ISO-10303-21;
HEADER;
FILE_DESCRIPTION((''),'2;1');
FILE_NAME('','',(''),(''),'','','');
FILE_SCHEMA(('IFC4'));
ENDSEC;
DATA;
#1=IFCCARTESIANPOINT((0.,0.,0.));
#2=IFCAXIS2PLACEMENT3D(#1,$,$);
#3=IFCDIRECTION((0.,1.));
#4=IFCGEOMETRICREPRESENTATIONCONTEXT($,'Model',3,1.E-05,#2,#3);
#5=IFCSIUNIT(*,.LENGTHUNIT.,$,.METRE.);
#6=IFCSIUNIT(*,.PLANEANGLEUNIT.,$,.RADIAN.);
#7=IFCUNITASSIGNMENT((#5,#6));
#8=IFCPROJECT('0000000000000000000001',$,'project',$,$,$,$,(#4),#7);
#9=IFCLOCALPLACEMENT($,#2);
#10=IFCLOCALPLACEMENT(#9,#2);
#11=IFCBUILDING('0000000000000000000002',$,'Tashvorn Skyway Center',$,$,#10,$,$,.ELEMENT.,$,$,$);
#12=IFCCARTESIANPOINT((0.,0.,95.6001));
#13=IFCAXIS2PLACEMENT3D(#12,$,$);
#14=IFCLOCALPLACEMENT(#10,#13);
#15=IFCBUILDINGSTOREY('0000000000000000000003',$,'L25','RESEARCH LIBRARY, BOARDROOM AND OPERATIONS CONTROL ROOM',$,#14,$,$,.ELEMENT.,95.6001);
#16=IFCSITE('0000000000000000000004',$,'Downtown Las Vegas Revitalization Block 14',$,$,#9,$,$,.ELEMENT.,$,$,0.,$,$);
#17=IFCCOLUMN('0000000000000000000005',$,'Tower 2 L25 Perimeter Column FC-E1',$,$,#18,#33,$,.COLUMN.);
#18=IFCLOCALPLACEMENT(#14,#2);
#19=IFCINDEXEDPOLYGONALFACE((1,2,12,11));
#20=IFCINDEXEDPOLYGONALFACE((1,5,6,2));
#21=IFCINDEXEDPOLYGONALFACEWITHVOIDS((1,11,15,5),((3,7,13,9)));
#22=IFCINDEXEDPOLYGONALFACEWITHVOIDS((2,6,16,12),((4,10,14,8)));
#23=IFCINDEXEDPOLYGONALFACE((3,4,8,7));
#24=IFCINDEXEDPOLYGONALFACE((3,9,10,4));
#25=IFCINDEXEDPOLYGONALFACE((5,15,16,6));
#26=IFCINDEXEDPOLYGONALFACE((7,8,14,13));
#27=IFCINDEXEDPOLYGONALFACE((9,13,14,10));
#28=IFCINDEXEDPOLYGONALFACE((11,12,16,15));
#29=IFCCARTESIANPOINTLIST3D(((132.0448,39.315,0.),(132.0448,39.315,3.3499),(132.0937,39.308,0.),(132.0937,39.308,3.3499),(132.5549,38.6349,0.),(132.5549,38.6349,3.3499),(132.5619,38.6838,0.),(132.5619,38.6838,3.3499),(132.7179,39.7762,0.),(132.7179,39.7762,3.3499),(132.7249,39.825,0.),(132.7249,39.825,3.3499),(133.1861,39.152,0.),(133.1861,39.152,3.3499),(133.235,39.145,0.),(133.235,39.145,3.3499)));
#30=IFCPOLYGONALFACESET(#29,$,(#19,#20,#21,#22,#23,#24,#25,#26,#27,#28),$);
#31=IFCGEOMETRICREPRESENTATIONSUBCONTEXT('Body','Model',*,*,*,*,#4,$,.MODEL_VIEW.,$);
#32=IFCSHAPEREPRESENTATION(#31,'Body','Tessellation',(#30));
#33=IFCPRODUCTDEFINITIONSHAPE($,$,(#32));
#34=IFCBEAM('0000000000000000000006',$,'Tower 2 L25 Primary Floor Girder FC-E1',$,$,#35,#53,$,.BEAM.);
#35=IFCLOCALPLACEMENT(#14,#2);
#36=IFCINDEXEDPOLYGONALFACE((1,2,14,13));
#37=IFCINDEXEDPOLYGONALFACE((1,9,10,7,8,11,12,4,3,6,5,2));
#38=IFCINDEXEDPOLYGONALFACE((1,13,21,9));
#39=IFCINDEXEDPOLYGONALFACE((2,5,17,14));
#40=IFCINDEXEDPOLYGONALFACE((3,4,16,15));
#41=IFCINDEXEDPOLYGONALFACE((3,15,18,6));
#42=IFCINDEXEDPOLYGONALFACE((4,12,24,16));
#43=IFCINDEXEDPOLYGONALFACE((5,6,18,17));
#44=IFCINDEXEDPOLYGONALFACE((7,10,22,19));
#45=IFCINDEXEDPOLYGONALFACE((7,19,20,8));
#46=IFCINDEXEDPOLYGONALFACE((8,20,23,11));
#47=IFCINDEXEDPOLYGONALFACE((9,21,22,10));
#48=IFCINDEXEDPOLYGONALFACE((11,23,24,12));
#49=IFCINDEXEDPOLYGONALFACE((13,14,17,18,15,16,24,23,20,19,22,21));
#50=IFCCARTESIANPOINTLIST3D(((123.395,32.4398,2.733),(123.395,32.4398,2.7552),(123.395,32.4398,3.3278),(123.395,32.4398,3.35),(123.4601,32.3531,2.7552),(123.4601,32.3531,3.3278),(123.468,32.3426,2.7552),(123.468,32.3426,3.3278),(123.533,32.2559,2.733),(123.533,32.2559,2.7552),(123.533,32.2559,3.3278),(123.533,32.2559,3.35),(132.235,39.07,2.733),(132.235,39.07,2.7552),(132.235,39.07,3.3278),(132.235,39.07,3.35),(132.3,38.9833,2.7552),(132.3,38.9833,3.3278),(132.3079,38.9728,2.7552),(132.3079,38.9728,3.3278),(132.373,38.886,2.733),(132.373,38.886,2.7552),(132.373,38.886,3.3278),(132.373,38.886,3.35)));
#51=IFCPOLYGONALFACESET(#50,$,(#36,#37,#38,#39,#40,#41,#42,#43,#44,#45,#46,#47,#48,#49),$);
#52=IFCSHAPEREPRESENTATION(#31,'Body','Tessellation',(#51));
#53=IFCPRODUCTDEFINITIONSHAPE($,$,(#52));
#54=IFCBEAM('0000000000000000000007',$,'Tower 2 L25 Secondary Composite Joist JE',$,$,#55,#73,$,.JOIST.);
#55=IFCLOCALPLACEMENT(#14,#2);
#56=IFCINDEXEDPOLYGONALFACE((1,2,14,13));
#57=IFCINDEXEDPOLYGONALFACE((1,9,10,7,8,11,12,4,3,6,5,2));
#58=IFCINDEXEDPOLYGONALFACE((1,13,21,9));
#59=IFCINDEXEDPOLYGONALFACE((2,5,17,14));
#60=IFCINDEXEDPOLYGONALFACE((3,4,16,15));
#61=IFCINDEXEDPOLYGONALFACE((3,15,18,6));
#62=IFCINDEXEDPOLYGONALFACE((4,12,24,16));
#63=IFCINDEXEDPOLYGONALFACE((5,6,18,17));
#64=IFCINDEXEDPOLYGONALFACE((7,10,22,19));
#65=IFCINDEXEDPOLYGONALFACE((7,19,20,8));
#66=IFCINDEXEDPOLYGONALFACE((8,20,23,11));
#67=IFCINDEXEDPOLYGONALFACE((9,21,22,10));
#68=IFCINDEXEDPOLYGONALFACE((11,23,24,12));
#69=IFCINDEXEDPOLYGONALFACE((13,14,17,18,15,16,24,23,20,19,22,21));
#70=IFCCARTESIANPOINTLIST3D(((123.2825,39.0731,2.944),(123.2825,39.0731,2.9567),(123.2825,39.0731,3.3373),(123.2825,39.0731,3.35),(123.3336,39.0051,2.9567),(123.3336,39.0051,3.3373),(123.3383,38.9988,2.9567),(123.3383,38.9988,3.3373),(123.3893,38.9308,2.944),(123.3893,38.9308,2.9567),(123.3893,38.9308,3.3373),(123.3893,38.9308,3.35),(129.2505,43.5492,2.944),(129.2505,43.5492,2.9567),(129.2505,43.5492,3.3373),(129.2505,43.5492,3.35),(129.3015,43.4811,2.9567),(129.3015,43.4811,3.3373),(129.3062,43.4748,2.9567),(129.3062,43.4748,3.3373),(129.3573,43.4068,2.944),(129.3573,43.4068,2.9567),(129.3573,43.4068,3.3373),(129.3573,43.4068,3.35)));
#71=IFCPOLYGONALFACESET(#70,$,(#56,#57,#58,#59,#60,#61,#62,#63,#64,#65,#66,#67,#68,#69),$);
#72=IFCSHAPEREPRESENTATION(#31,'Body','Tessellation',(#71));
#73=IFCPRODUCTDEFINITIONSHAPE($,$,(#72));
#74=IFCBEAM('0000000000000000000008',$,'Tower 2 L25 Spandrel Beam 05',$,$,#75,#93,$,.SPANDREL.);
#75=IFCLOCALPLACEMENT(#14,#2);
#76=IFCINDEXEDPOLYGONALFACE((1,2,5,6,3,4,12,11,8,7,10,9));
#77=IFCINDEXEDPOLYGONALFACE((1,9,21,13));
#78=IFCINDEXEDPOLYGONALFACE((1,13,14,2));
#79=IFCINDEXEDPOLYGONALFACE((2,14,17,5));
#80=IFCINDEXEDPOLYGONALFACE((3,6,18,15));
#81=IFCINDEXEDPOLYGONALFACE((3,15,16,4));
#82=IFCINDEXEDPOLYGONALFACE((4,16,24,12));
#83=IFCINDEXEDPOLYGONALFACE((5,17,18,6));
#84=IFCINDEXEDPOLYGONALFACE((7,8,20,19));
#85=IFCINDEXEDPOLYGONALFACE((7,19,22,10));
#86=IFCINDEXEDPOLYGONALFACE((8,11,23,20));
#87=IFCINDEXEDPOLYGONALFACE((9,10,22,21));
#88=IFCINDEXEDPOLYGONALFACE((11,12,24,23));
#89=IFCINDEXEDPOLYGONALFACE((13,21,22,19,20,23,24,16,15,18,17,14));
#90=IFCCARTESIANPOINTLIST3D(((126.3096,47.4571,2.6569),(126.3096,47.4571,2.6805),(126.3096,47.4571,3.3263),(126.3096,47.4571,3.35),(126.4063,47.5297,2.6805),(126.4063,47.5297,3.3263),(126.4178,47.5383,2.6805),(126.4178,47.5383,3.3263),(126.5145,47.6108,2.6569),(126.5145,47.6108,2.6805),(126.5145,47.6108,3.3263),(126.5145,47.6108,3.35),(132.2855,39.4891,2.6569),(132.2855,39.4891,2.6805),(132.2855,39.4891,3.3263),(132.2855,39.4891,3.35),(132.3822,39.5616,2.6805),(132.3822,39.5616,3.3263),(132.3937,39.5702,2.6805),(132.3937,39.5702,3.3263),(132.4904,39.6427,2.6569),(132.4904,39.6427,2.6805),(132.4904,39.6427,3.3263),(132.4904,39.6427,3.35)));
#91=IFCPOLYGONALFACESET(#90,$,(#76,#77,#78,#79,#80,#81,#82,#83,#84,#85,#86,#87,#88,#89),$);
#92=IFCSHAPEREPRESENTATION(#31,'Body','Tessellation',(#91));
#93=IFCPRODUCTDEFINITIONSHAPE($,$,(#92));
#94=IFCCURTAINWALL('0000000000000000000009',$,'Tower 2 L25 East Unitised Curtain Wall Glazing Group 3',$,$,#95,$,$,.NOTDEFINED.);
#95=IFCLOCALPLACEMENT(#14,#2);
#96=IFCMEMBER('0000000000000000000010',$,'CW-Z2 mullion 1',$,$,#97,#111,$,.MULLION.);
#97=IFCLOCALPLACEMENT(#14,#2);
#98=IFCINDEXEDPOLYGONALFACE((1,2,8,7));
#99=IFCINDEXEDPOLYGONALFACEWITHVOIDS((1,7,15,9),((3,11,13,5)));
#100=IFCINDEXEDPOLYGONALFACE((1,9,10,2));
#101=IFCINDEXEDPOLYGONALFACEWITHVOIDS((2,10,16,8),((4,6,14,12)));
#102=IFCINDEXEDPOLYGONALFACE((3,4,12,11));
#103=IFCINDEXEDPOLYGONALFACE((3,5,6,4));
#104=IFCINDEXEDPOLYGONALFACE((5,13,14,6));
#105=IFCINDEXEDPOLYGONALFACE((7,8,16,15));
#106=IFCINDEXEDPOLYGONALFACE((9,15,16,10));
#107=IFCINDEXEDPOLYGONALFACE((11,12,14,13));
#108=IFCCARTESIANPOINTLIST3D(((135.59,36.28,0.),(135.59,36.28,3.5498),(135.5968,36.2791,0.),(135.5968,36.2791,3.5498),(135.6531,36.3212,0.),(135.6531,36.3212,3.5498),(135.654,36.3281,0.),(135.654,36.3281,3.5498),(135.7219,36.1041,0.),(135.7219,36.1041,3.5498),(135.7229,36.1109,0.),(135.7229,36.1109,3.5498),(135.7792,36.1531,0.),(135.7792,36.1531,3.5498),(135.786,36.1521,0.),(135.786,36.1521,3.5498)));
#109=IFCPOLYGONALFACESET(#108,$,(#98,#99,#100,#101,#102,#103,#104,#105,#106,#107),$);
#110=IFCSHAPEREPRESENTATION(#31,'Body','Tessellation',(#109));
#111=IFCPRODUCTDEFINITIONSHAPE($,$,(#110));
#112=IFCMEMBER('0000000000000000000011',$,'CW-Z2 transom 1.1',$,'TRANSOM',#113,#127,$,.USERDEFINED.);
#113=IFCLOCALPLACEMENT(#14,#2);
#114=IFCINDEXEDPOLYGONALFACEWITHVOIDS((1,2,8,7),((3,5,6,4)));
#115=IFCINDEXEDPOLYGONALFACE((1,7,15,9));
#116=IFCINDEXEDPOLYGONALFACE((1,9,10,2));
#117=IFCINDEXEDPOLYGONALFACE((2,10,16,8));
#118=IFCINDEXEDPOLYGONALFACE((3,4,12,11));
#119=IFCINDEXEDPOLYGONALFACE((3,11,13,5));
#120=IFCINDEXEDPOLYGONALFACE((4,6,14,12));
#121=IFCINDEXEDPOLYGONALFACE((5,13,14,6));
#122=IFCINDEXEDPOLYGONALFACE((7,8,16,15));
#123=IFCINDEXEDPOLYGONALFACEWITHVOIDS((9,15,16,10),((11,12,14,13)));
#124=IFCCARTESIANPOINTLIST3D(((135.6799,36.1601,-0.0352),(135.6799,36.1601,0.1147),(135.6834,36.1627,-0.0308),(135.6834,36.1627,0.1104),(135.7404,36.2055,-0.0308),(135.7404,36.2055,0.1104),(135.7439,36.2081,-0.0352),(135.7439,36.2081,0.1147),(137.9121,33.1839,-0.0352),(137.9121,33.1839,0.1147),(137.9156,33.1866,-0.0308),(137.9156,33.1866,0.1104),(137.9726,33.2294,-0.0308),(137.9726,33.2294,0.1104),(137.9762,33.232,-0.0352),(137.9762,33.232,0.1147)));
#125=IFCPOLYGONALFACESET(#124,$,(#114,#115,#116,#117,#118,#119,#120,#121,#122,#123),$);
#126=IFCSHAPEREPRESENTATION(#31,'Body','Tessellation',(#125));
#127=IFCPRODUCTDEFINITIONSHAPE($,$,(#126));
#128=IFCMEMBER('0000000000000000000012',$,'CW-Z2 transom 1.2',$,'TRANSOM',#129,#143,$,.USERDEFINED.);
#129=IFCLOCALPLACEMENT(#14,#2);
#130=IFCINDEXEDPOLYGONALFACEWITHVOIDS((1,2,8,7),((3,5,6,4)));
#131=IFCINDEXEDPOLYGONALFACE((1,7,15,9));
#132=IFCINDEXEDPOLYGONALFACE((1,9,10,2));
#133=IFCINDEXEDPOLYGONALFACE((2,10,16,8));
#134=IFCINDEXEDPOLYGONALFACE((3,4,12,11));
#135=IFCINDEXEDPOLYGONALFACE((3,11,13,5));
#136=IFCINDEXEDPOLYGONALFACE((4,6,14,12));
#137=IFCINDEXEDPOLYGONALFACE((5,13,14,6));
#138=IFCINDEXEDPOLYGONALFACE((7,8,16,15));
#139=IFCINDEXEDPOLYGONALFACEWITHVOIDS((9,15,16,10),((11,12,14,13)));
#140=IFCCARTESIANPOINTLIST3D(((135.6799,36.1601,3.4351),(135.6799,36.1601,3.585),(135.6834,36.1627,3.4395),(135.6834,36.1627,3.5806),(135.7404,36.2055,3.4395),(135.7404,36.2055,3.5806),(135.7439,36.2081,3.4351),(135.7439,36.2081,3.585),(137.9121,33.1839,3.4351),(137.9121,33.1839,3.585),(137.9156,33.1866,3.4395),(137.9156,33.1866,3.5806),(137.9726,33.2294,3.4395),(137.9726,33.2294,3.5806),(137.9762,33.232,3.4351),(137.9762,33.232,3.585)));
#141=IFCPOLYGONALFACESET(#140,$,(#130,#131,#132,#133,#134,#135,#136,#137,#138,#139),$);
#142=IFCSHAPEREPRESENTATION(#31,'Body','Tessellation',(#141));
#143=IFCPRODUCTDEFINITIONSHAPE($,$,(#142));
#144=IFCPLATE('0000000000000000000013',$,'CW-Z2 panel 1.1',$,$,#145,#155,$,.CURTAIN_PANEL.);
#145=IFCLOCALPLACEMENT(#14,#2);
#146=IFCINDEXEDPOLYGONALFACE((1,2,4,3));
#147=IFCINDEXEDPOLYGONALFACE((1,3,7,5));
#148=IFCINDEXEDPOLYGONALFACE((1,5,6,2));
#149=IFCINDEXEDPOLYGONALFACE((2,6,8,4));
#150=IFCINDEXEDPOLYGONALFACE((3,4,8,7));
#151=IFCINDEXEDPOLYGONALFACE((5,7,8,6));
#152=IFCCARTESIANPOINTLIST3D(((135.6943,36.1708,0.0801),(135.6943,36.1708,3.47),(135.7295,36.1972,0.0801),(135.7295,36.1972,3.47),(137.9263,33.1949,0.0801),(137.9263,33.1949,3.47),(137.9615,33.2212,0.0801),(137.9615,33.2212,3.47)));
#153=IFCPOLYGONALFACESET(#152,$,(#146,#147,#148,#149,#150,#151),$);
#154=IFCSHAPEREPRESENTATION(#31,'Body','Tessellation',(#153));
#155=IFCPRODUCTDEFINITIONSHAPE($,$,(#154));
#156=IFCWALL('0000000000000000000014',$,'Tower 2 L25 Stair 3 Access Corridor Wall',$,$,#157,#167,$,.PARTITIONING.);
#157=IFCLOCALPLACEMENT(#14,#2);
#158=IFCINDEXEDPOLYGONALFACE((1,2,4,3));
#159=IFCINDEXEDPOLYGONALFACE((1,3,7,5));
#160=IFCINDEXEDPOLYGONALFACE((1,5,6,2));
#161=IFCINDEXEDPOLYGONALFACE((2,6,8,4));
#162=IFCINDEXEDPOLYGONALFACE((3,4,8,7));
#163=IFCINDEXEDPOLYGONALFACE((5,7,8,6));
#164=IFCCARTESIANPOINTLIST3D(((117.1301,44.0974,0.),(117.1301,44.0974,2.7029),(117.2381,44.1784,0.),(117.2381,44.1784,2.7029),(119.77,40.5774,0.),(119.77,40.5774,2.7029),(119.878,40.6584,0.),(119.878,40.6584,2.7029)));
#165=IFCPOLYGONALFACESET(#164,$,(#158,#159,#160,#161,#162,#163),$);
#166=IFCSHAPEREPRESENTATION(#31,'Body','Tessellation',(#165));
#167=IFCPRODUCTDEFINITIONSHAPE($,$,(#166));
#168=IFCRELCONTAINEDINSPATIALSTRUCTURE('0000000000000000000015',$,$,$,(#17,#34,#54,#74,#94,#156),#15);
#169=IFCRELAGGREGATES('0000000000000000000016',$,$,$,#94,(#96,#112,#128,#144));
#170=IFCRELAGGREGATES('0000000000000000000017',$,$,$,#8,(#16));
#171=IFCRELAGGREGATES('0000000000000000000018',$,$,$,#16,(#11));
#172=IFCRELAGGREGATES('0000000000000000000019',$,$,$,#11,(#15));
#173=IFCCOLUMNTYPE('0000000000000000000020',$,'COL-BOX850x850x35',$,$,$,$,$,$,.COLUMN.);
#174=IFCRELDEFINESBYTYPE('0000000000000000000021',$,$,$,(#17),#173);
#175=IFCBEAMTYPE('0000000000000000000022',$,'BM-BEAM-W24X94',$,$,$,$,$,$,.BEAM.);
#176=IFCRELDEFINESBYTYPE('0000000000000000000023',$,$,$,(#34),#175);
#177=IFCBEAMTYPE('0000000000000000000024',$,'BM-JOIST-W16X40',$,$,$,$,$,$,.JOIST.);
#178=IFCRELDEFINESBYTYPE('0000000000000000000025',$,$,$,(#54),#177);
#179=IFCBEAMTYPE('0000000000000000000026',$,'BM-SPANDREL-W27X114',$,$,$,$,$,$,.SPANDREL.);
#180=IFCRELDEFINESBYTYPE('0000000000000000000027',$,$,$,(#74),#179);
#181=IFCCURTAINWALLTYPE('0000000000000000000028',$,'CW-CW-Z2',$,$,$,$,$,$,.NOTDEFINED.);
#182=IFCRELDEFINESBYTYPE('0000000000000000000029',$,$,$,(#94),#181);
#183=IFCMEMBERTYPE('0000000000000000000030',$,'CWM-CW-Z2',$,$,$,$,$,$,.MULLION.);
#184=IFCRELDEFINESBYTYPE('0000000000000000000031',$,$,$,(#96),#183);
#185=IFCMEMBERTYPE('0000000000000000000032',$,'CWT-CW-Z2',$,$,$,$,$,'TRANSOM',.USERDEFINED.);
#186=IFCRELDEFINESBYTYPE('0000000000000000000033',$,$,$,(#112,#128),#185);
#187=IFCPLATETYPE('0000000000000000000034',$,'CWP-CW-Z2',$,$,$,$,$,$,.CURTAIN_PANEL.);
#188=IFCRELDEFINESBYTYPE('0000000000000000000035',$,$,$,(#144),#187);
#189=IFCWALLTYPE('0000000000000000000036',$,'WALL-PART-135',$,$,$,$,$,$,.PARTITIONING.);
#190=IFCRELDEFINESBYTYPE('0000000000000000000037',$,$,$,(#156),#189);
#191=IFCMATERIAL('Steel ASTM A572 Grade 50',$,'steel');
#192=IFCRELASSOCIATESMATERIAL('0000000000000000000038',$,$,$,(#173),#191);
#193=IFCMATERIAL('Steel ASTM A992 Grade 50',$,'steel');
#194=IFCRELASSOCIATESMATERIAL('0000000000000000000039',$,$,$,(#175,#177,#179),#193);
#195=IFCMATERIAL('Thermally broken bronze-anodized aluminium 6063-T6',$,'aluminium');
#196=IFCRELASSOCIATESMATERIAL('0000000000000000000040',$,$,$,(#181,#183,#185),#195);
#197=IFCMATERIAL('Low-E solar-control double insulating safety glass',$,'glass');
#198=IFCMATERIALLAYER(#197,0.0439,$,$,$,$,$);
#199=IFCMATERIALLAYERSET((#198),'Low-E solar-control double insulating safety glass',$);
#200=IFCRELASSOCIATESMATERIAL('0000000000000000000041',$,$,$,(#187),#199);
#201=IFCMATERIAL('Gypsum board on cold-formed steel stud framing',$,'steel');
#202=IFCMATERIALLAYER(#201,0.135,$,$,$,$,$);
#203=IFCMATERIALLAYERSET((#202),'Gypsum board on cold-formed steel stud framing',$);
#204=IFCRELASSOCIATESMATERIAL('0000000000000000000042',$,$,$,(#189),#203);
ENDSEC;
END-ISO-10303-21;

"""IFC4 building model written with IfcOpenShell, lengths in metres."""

from ifc_helpers import new_model, si_unit, direction, frame, frame_2d, origin, origin_2d, place, context, subcontext, project, spatial, rectangle, hollow_rectangle, i_section, extrude, material, layer, layer_set, material_profile, profile_set, type_object, element, aggregate, save


model = new_model("IFC4")

# Units and contexts
model_context = context("Model", 3, precision=1e-05, world=origin(), true_north=direction((0.0, 1.0)))
body_context = subcontext(model_context, "Body", "Model", "MODEL_VIEW")
ifc_project = project(units=[si_unit("LENGTHUNIT", "METRE"), si_unit("PLANEANGLEUNIT", "RADIAN")], contexts=[model_context])

# Site, building, storey
site_placement = place(None, origin())
site = spatial("IfcSite", under=ifc_project, at=site_placement, Name="Downtown Las Vegas Revitalization Block 14", CompositionType="ELEMENT", RefElevation=0.0)
building_placement = place(site_placement, origin())
building = spatial("IfcBuilding", under=site, at=building_placement, Name="Tashvorn Skyway Center", CompositionType="ELEMENT")
storey_placement = place(building_placement, frame((0.0, 0.0, 95.6001)))
storey = spatial("IfcBuildingStorey", under=building, at=storey_placement, Name="L25", Description="RESEARCH LIBRARY, BOARDROOM AND OPERATIONS CONTROL ROOM", CompositionType="ELEMENT", Elevation=95.6001)

# Column
ifc_material_1 = material(Name="Steel ASTM A572 Grade 50", Category="steel")
ifc_material_profile_1 = material_profile(ifc_material_1, hollow_rectangle(XDim=0.8501, YDim=0.8501, WallThickness=0.0349, at=origin_2d()), Name="BOX850x850x35")
ifc_profile_set_1 = profile_set([ifc_material_profile_1], Name="Steel ASTM A572 Grade 50")
column_type = type_object("IfcColumnType", Name="COL-BOX850x850x35", PredefinedType="COLUMN", material=ifc_profile_set_1)
column_placement = place(storey_placement, frame((132.6399, 39.23, 0.0), z_axis=(0.0, 0.0, 1.0), x_axis=(0.8, 0.6, 0.0)))
element("IfcColumn", 1, at=column_placement, inside=storey, type_object=column_type, Name="Tower 2 L25 Perimeter Column FC-E1", PredefinedType="COLUMN", context=body_context, shape_type="SweptSolid", body=[
    extrude(hollow_rectangle(XDim=0.8501, YDim=0.8501, WallThickness=0.0349, at=origin_2d()), origin(), (0.0, 0.0, 1.0), 3.3499),
])

# Beams
ifc_material_2 = material(Name="Steel ASTM A992 Grade 50", Category="steel")
ifc_material_profile_2 = material_profile(ifc_material_2, i_section(OverallWidth=0.23, OverallDepth=0.6169, WebThickness=0.0132, FlangeThickness=0.0222, at=origin_2d()), Name="W24X94")
ifc_profile_set_2 = profile_set([ifc_material_profile_2], Name="Steel ASTM A992 Grade 50")
beam_type_1 = type_object("IfcBeamType", Name="BM-BEAM-W24X94", PredefinedType="BEAM", material=ifc_profile_set_2)
beam_1_placement = place(storey_placement, frame((132.304, 38.978, 3.0415), z_axis=(-0.799989, -0.600014, 0.0), x_axis=(0.600014, -0.799989, 0.0)))
element("IfcBeam", 2, at=beam_1_placement, inside=storey, type_object=beam_type_1, Name="Tower 2 L25 Primary Floor Girder FC-E1", PredefinedType="BEAM", context=body_context, shape_type="SweptSolid", body=[
    extrude(i_section(OverallWidth=0.23, OverallDepth=0.6169, WebThickness=0.0132, FlangeThickness=0.0222, at=origin_2d()), origin(), (0.0, 0.0, 1.0), 11.05),
])
ifc_material_profile_3 = material_profile(ifc_material_2, i_section(OverallWidth=0.178, OverallDepth=0.406, WebThickness=0.0078, FlangeThickness=0.0127, at=origin_2d()), Name="W16X40")
ifc_profile_set_3 = profile_set([ifc_material_profile_3], Name="Steel ASTM A992 Grade 50")
beam_type_2 = type_object("IfcBeamType", Name="BM-JOIST-W16X40", PredefinedType="JOIST", material=ifc_profile_set_3)
beam_2_placement = place(storey_placement, frame((123.3359, 39.002, 3.147), z_axis=(0.799996, 0.600005, 0.0), x_axis=(-0.600005, 0.799996, 0.0)))
element("IfcBeam", 3, at=beam_2_placement, inside=storey, type_object=beam_type_2, Name="Tower 2 L25 Secondary Composite Joist JE", PredefinedType="JOIST", context=body_context, shape_type="SweptSolid", body=[
    extrude(i_section(OverallWidth=0.178, OverallDepth=0.406, WebThickness=0.0078, FlangeThickness=0.0127, at=origin_2d()), origin(), (0.0, 0.0, 1.0), 7.46),
])
ifc_material_profile_4 = material_profile(ifc_material_2, i_section(OverallWidth=0.2561, OverallDepth=0.6931, WebThickness=0.0144, FlangeThickness=0.0237, at=origin_2d()), Name="W27X114")
ifc_profile_set_4 = profile_set([ifc_material_profile_4], Name="Steel ASTM A992 Grade 50")
beam_type_3 = type_object("IfcBeamType", Name="BM-SPANDREL-W27X114", PredefinedType="SPANDREL", material=ifc_profile_set_4)
beam_3_placement = place(storey_placement, frame((132.3879, 39.5659, 3.0034), z_axis=(-0.599988, 0.800009, 0.0), x_axis=(-0.800009, -0.599988, 0.0)))
element("IfcBeam", 4, at=beam_3_placement, inside=storey, type_object=beam_type_3, Name="Tower 2 L25 Spandrel Beam 05", PredefinedType="SPANDREL", context=body_context, shape_type="SweptSolid", body=[
    extrude(i_section(OverallWidth=0.2561, OverallDepth=0.6931, WebThickness=0.0144, FlangeThickness=0.0237, at=origin_2d()), origin(), (0.0, 0.0, 1.0), 9.96),
])

# Curtain wall, members, plate
ifc_material_3 = material(Name="Thermally broken bronze-anodized aluminium 6063-T6", Category="aluminium")
curtain_wall_type = type_object("IfcCurtainWallType", Name="CW-CW-Z2", PredefinedType="NOTDEFINED", material=ifc_material_3)
curtain_wall_placement = place(storey_placement, origin())
curtain_wall = element("IfcCurtainWall", 5, at=curtain_wall_placement, inside=storey, type_object=curtain_wall_type, Name="Tower 2 L25 East Unitised Curtain Wall Glazing Group 3", PredefinedType="NOTDEFINED")
ifc_material_profile_5 = material_profile(ifc_material_3, hollow_rectangle(XDim=0.0801, YDim=0.22, WallThickness=0.0049, at=origin_2d()), Name="ALU-MULL-80x220")
ifc_profile_set_5 = profile_set([ifc_material_profile_5], Name="Thermally broken bronze-anodized aluminium 6063-T6")
member_type_1 = type_object("IfcMemberType", Name="CWM-CW-Z2", PredefinedType="MULLION", material=ifc_profile_set_5)
member_1_placement = place(storey_placement, frame((135.688, 36.2161, 0.0), z_axis=(0.0, 0.0, 1.0), x_axis=(0.8, 0.6, 0.0)))
member_1 = element("IfcMember", 6, at=member_1_placement, type_object=member_type_1, Name="CW-Z2 mullion 1", PredefinedType="MULLION", context=body_context, shape_type="SweptSolid", body=[
    extrude(hollow_rectangle(XDim=0.0801, YDim=0.22, WallThickness=0.0049, at=origin_2d()), origin(), (0.0, 0.0, 1.0), 3.5498),
])
ifc_material_profile_6 = material_profile(ifc_material_3, hollow_rectangle(XDim=0.0801, YDim=0.1499, WallThickness=0.0044, at=origin_2d()), Name="ALU-TRAN-80x150")
ifc_profile_set_6 = profile_set([ifc_material_profile_6], Name="Thermally broken bronze-anodized aluminium 6063-T6")
member_type_2 = type_object("IfcMemberType", Name="CWT-CW-Z2", ElementType="TRANSOM", PredefinedType="USERDEFINED", material=ifc_profile_set_6)
member_2_placement = place(storey_placement, frame((135.7119, 36.1841, 0.0398), z_axis=(0.600021, -0.799984, 0.0), x_axis=(0.799984, 0.600021, 0.0)))
member_2 = element("IfcMember", 7, at=member_2_placement, type_object=member_type_2, Name="CW-Z2 transom 1.1", ObjectType="TRANSOM", PredefinedType="USERDEFINED", context=body_context, shape_type="SweptSolid", body=[
    extrude(hollow_rectangle(XDim=0.0801, YDim=0.1499, WallThickness=0.0044, at=origin_2d()), origin(), (0.0, 0.0, 1.0), 3.7202),
])
member_3_placement = place(storey_placement, frame((135.7119, 36.1841, 3.51), z_axis=(0.600021, -0.799984, 0.0), x_axis=(0.799984, 0.600021, 0.0)))
member_3 = element("IfcMember", 8, at=member_3_placement, type_object=member_type_2, Name="CW-Z2 transom 1.2", ObjectType="TRANSOM", PredefinedType="USERDEFINED", context=body_context, shape_type="SweptSolid", body=[
    extrude(hollow_rectangle(XDim=0.0801, YDim=0.1499, WallThickness=0.0044, at=origin_2d()), origin(), (0.0, 0.0, 1.0), 3.7202),
])
ifc_material_4 = material(Name="Low-E solar-control double insulating safety glass", Category="glass")
ifc_layer_1 = layer(ifc_material_4, 0.0439)
ifc_layer_set_1 = layer_set([ifc_layer_1], Name="Low-E solar-control double insulating safety glass")
plate_type = type_object("IfcPlateType", Name="CWP-CW-Z2", PredefinedType="CURTAIN_PANEL", material=ifc_layer_set_1)
plate_placement = place(storey_placement, frame((136.8279, 34.696, 0.0801), z_axis=(0.0, 0.0, 1.0), x_axis=(0.6, -0.8, 0.0)))
plate = element("IfcPlate", 9, at=plate_placement, type_object=plate_type, Name="CW-Z2 panel 1.1", PredefinedType="CURTAIN_PANEL", context=body_context, shape_type="SweptSolid", body=[
    extrude(rectangle(XDim=3.72, YDim=0.0439, at=origin_2d()), origin(), (0.0, 0.0, 1.0), 3.3899),
])
aggregate(curtain_wall, [member_1, member_2, member_3, plate])

# Wall
ifc_material_5 = material(Name="Gypsum board on cold-formed steel stud framing", Category="steel")
ifc_layer_2 = layer(ifc_material_5, 0.135)
ifc_layer_set_2 = layer_set([ifc_layer_2], Name="Gypsum board on cold-formed steel stud framing")
wall_type_1 = type_object("IfcWallType", Name="WALL-PART-135", PredefinedType="PARTITIONING", material=ifc_layer_set_2)
wall_1_placement = place(storey_placement, frame((119.824, 40.6179, 0.0), z_axis=(0.0, 0.0, 1.0), x_axis=(-0.599982, 0.800013, 0.0)))
element("IfcWall", 10, at=wall_1_placement, inside=storey, type_object=wall_type_1, Name="Tower 2 L25 Stair 3 Access Corridor Wall", PredefinedType="PARTITIONING", context=body_context, shape_type="SweptSolid", body=[
    extrude(rectangle(XDim=4.3999, YDim=0.135, at=frame_2d((2.2, 0.0))), origin(), (0.0, 0.0, 1.0), 2.7029),
])

save(model, "model.ifc")
